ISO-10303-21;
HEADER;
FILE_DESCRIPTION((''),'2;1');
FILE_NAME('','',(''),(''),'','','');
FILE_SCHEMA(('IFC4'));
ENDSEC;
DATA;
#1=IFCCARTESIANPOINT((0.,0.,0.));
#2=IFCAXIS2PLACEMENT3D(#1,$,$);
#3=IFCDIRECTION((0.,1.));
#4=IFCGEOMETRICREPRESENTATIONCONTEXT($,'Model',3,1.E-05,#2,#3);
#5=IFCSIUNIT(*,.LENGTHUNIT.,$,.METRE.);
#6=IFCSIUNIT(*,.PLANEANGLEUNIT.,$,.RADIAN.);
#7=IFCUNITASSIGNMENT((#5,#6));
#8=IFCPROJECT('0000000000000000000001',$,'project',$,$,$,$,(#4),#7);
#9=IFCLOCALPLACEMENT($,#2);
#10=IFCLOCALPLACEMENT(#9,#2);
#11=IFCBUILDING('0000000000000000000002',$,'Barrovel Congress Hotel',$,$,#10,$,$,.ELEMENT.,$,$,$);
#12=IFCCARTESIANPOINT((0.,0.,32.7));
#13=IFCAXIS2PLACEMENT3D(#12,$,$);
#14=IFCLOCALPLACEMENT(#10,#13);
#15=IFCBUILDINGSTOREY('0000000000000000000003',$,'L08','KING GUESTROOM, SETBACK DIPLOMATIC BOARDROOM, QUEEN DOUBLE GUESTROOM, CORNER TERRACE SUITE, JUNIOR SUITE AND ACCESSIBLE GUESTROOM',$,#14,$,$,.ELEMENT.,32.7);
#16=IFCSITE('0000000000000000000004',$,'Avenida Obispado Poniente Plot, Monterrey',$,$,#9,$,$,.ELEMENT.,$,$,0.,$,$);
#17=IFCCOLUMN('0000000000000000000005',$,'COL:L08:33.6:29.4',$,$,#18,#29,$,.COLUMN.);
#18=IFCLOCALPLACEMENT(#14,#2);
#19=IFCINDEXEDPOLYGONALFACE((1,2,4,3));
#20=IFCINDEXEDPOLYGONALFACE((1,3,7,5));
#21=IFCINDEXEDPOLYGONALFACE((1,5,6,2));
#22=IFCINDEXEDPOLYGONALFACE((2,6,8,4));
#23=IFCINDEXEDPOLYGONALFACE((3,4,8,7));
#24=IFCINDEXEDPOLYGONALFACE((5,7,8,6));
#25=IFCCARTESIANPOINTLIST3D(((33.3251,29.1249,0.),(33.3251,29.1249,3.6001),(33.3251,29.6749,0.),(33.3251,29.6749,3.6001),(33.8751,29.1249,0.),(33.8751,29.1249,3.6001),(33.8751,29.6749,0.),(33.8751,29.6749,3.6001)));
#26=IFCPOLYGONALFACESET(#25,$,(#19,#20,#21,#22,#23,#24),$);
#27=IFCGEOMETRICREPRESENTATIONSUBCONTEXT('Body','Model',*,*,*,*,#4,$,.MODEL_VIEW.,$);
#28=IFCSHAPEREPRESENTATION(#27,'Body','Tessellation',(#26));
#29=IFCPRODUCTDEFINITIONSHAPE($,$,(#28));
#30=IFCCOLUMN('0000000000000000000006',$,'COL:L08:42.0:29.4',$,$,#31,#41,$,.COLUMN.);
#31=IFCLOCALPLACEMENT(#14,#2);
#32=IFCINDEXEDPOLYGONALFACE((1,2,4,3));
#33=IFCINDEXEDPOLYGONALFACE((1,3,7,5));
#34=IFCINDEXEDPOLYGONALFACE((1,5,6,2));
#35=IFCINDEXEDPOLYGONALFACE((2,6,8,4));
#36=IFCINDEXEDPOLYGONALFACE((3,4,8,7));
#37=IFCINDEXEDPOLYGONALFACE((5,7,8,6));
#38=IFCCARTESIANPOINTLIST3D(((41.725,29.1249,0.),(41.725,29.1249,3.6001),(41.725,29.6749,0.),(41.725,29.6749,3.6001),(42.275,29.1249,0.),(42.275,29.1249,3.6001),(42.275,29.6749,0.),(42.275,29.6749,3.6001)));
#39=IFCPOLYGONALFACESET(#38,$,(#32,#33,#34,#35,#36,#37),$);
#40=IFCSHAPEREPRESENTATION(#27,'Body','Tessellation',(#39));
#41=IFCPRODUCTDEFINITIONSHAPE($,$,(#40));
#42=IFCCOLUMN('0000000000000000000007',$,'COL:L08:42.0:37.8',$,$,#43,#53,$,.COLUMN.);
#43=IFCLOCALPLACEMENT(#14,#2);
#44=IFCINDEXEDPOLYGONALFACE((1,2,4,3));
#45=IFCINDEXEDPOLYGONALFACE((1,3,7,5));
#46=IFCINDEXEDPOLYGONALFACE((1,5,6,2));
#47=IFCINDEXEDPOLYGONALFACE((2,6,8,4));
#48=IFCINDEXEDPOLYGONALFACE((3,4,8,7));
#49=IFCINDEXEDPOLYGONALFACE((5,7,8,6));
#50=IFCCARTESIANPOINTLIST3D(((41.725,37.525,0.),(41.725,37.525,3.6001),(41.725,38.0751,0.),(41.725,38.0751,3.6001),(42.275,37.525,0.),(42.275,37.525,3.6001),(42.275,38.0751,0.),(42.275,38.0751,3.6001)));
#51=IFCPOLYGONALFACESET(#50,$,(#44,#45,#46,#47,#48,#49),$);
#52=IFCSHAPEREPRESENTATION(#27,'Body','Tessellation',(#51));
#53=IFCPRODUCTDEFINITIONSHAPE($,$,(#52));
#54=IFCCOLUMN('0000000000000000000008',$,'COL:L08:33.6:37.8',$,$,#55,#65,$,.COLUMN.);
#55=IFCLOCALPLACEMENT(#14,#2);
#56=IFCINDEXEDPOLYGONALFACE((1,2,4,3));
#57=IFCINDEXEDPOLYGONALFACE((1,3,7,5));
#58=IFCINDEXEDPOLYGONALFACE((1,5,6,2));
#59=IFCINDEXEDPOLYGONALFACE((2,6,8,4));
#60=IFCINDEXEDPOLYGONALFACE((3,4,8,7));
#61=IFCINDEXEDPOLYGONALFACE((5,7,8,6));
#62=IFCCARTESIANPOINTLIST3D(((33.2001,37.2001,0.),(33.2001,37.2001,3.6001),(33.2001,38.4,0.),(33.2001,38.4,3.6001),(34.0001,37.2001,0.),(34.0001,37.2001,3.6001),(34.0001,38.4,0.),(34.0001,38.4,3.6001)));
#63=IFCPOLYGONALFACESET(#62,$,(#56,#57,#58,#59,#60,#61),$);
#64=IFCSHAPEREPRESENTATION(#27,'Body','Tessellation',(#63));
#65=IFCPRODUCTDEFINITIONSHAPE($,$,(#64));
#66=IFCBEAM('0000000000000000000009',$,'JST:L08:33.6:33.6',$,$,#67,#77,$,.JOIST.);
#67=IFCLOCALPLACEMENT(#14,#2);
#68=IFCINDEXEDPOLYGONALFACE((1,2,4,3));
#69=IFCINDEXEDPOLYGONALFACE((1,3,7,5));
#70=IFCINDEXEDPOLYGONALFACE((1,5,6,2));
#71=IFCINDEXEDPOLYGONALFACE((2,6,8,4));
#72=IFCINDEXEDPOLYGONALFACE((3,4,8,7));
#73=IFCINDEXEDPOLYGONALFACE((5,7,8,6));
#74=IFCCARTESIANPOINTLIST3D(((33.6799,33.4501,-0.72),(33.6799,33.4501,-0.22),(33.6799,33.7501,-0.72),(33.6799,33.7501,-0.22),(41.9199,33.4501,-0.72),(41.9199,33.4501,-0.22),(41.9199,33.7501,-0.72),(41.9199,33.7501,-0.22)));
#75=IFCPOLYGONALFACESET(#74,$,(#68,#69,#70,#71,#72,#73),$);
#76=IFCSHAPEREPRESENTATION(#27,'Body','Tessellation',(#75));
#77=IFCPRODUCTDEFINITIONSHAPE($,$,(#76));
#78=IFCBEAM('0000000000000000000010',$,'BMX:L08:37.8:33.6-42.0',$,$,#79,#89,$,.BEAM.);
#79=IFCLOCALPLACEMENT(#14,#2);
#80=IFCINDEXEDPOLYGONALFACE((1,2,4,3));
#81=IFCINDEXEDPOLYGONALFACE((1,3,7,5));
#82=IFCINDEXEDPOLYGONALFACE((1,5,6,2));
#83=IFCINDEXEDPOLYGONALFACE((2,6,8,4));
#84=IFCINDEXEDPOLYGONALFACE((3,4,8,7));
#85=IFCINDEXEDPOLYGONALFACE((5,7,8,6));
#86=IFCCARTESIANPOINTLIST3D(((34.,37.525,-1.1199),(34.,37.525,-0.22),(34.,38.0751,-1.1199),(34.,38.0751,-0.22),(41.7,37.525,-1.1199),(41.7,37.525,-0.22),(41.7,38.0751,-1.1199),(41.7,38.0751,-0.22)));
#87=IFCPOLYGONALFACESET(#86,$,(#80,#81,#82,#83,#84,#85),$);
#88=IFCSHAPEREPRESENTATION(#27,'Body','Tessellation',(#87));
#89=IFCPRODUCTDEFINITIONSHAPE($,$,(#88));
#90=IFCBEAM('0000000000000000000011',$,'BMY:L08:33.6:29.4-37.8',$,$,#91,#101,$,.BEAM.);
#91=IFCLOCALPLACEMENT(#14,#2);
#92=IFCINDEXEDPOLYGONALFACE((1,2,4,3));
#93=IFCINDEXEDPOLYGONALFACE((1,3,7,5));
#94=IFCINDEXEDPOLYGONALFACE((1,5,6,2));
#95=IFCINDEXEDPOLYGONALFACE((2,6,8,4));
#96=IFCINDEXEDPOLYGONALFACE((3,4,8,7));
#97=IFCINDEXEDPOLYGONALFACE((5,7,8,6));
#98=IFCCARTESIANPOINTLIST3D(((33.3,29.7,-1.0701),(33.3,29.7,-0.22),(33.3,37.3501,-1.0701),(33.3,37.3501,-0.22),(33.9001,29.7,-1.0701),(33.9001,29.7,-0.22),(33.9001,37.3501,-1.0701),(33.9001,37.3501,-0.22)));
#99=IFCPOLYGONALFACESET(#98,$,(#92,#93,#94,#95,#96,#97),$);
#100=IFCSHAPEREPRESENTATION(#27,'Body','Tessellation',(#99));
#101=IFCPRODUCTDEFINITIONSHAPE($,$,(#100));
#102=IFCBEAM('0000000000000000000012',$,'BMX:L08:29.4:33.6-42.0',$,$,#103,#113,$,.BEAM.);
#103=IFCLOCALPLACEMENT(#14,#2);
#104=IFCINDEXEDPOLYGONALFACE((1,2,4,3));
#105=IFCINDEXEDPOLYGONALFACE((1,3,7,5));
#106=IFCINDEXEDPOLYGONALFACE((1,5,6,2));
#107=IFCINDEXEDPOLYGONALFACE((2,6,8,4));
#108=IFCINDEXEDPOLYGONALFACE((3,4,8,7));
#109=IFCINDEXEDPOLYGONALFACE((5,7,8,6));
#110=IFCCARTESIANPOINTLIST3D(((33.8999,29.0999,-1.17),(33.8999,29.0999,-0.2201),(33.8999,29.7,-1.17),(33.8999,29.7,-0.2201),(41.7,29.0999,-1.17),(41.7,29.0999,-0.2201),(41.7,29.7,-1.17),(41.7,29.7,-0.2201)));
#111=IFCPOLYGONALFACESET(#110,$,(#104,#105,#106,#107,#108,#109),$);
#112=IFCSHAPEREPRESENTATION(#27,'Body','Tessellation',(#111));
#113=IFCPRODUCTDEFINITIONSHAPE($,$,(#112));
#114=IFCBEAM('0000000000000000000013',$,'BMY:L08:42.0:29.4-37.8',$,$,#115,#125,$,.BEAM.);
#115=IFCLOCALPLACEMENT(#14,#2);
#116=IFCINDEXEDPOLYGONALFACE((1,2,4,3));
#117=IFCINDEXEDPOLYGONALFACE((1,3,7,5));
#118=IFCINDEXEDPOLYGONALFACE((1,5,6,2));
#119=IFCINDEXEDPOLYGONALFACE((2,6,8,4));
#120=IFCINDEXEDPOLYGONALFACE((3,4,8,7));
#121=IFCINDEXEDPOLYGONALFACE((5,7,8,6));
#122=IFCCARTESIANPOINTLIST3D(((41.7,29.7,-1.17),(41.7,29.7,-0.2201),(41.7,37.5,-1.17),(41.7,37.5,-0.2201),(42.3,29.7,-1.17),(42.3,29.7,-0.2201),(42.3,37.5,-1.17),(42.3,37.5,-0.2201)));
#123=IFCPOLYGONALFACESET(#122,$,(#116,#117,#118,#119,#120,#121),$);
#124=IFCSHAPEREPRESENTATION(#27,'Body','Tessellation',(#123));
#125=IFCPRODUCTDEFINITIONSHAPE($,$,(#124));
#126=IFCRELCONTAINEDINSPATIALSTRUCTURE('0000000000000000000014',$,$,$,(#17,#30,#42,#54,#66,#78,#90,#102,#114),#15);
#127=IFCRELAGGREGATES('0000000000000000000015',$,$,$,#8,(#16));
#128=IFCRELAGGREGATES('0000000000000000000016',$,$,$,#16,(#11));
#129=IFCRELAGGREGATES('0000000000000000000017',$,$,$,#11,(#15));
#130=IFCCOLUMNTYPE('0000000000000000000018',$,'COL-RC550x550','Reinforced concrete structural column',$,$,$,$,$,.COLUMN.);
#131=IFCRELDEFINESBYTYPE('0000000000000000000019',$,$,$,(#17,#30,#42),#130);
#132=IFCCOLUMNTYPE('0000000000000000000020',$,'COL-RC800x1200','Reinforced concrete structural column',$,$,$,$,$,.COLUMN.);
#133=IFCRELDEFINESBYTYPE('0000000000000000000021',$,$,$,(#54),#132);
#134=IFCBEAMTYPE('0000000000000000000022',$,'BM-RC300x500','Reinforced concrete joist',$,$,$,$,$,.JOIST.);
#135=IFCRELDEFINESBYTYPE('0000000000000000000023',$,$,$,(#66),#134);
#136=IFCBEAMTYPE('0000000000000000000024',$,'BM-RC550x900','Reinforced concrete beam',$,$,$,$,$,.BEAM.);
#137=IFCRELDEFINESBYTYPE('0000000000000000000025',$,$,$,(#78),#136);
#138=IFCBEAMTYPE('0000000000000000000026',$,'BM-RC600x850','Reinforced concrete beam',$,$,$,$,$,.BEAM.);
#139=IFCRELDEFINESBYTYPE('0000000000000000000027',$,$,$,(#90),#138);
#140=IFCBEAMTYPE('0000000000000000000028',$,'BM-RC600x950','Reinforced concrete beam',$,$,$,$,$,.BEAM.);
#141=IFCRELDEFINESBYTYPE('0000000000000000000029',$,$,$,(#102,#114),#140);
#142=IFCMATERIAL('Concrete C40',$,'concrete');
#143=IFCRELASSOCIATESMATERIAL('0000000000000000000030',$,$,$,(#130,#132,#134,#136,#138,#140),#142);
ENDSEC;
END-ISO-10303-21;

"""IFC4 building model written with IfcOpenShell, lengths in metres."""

from ifc_helpers import new_model, si_unit, direction, frame, origin, origin_2d, place, context, subcontext, project, spatial, rectangle, extrude, material, material_profile, profile_set, type_object, element, save


model = new_model("IFC4")

# Units and contexts
model_context = context("Model", 3, precision=1e-05, world=origin(), true_north=direction((0.0, 1.0)))
body_context = subcontext(model_context, "Body", "Model", "MODEL_VIEW")
ifc_project = project(units=[si_unit("LENGTHUNIT", "METRE"), si_unit("PLANEANGLEUNIT", "RADIAN")], contexts=[model_context])

# Site, building, storey
site_placement = place(None, origin())
site = spatial("IfcSite", under=ifc_project, at=site_placement, Name="Avenida Obispado Poniente Plot, Monterrey", CompositionType="ELEMENT", RefElevation=0.0)
building_placement = place(site_placement, origin())
building = spatial("IfcBuilding", under=site, at=building_placement, Name="Barrovel Congress Hotel", CompositionType="ELEMENT")
storey_placement = place(building_placement, frame((0.0, 0.0, 32.7)))
storey = spatial("IfcBuildingStorey", under=building, at=storey_placement, Name="L08", Description="KING GUESTROOM, SETBACK DIPLOMATIC BOARDROOM, QUEEN DOUBLE GUESTROOM, CORNER TERRACE SUITE, JUNIOR SUITE AND ACCESSIBLE GUESTROOM", CompositionType="ELEMENT", Elevation=32.7)

# Columns
ifc_material_1 = material(Name="Concrete C40", Category="concrete")
ifc_material_profile_1 = material_profile(ifc_material_1, rectangle(XDim=0.55, YDim=0.55, at=origin_2d()), Name="RC550x550")
ifc_profile_set_1 = profile_set([ifc_material_profile_1], Name="Concrete C40")
column_type_1 = type_object("IfcColumnType", Name="COL-RC550x550", Description="Reinforced concrete structural column", PredefinedType="COLUMN", material=ifc_profile_set_1)
for number, where, z_axis, x_axis, name in (
    (1, (33.6001, 29.3999, 0.0), (0.0, 0.0, 1.0), (1.0, 0.0, 0.0), "COL:L08:33.6:29.4"),
    (2, (42.0, 29.3999, 0.0), (0.0, 0.0, 1.0), (1.0, 0.0, 0.0), "COL:L08:42.0:29.4"),
    (3, (42.0, 37.8, 0.0), (0.0, 0.0, 1.0), (1.0, 0.0, 0.0), "COL:L08:42.0:37.8"),
):
    element("IfcColumn", number, at=place(storey_placement, frame(where, z_axis=z_axis, x_axis=x_axis)), inside=storey, type_object=column_type_1, Name=name, PredefinedType="COLUMN", context=body_context, shape_type="SweptSolid", body=[
        extrude(rectangle(XDim=0.55, YDim=0.55, at=origin_2d()), origin(), (0.0, 0.0, 1.0), 3.6001),
    ])
ifc_material_profile_2 = material_profile(ifc_material_1, rectangle(XDim=0.8, YDim=1.2, at=origin_2d()), Name="RC800x1200")
ifc_profile_set_2 = profile_set([ifc_material_profile_2], Name="Concrete C40")
column_type_2 = type_object("IfcColumnType", Name="COL-RC800x1200", Description="Reinforced concrete structural column", PredefinedType="COLUMN", material=ifc_profile_set_2)
column_placement = place(storey_placement, frame((33.6001, 37.8, 0.0), z_axis=(0.0, 0.0, 1.0), x_axis=(1.0, 0.0, 0.0)))
element("IfcColumn", 4, at=column_placement, inside=storey, type_object=column_type_2, Name="COL:L08:33.6:37.8", PredefinedType="COLUMN", context=body_context, shape_type="SweptSolid", body=[
    extrude(rectangle(XDim=0.8, YDim=1.2, at=origin_2d()), origin(), (0.0, 0.0, 1.0), 3.6001),
])

# Beams
ifc_material_profile_3 = material_profile(ifc_material_1, rectangle(XDim=0.3, YDim=0.5, at=origin_2d()), Name="RC300x500")
ifc_profile_set_3 = profile_set([ifc_material_profile_3], Name="Concrete C40")
beam_type_1 = type_object("IfcBeamType", Name="BM-RC300x500", Description="Reinforced concrete joist", PredefinedType="JOIST", material=ifc_profile_set_3)
beam_1_placement = place(storey_placement, frame((33.6799, 33.6001, -0.47), z_axis=(1.0, 0.0, 0.0), x_axis=(0.0, 1.0, 0.0)))
element("IfcBeam", 5, at=beam_1_placement, inside=storey, type_object=beam_type_1, Name="JST:L08:33.6:33.6", PredefinedType="JOIST", context=body_context, shape_type="SweptSolid", body=[
    extrude(rectangle(XDim=0.3, YDim=0.5, at=origin_2d()), origin(), (0.0, 0.0, 1.0), 8.24),
])
ifc_material_profile_4 = material_profile(ifc_material_1, rectangle(XDim=0.55, YDim=0.8999, at=origin_2d()), Name="RC550x900")
ifc_profile_set_4 = profile_set([ifc_material_profile_4], Name="Concrete C40")
beam_type_2 = type_object("IfcBeamType", Name="BM-RC550x900", Description="Reinforced concrete beam", PredefinedType="BEAM", material=ifc_profile_set_4)
beam_2_placement = place(storey_placement, frame((34.0, 37.8, -0.6699), z_axis=(1.0, 0.0, 0.0), x_axis=(0.0, 1.0, 0.0)))
element("IfcBeam", 6, at=beam_2_placement, inside=storey, type_object=beam_type_2, Name="BMX:L08:37.8:33.6-42.0", PredefinedType="BEAM", context=body_context, shape_type="SweptSolid", body=[
    extrude(rectangle(XDim=0.55, YDim=0.8999, at=origin_2d()), origin(), (0.0, 0.0, 1.0), 7.7),
])
ifc_material_profile_5 = material_profile(ifc_material_1, rectangle(XDim=0.6001, YDim=0.8501, at=origin_2d()), Name="RC600x850")
ifc_profile_set_5 = profile_set([ifc_material_profile_5], Name="Concrete C40")
beam_type_3 = type_object("IfcBeamType", Name="BM-RC600x850", Description="Reinforced concrete beam", PredefinedType="BEAM", material=ifc_profile_set_5)
beam_3_placement = place(storey_placement, frame((33.6001, 29.7, -0.645), z_axis=(0.0, 1.0, 0.0), x_axis=(-1.0, 0.0, 0.0)))
element("IfcBeam", 7, at=beam_3_placement, inside=storey, type_object=beam_type_3, Name="BMY:L08:33.6:29.4-37.8", PredefinedType="BEAM", context=body_context, shape_type="SweptSolid", body=[
    extrude(rectangle(XDim=0.6001, YDim=0.8501, at=origin_2d()), origin(), (0.0, 0.0, 1.0), 7.6501),
])
ifc_material_profile_6 = material_profile(ifc_material_1, rectangle(XDim=0.6001, YDim=0.95, at=origin_2d()), Name="RC600x950")
ifc_profile_set_6 = profile_set([ifc_material_profile_6], Name="Concrete C40")
beam_type_4 = type_object("IfcBeamType", Name="BM-RC600x950", Description="Reinforced concrete beam", PredefinedType="BEAM", material=ifc_profile_set_6)
for number, where, z_axis, x_axis, name in (
    (8, (33.8999, 29.3999, -0.6951), (1.0, 0.0, 0.0), (0.0, 1.0, 0.0), "BMX:L08:29.4:33.6-42.0"),
    (9, (42.0, 29.7, -0.6951), (0.0, 1.0, 0.0), (-1.0, 0.0, 0.0), "BMY:L08:42.0:29.4-37.8"),
):
    element("IfcBeam", number, at=place(storey_placement, frame(where, z_axis=z_axis, x_axis=x_axis)), inside=storey, type_object=beam_type_4, Name=name, PredefinedType="BEAM", context=body_context, shape_type="SweptSolid", body=[
        extrude(rectangle(XDim=0.6001, YDim=0.95, at=origin_2d()), origin(), (0.0, 0.0, 1.0), 7.8),
    ])

save(model, "model.ifc")
